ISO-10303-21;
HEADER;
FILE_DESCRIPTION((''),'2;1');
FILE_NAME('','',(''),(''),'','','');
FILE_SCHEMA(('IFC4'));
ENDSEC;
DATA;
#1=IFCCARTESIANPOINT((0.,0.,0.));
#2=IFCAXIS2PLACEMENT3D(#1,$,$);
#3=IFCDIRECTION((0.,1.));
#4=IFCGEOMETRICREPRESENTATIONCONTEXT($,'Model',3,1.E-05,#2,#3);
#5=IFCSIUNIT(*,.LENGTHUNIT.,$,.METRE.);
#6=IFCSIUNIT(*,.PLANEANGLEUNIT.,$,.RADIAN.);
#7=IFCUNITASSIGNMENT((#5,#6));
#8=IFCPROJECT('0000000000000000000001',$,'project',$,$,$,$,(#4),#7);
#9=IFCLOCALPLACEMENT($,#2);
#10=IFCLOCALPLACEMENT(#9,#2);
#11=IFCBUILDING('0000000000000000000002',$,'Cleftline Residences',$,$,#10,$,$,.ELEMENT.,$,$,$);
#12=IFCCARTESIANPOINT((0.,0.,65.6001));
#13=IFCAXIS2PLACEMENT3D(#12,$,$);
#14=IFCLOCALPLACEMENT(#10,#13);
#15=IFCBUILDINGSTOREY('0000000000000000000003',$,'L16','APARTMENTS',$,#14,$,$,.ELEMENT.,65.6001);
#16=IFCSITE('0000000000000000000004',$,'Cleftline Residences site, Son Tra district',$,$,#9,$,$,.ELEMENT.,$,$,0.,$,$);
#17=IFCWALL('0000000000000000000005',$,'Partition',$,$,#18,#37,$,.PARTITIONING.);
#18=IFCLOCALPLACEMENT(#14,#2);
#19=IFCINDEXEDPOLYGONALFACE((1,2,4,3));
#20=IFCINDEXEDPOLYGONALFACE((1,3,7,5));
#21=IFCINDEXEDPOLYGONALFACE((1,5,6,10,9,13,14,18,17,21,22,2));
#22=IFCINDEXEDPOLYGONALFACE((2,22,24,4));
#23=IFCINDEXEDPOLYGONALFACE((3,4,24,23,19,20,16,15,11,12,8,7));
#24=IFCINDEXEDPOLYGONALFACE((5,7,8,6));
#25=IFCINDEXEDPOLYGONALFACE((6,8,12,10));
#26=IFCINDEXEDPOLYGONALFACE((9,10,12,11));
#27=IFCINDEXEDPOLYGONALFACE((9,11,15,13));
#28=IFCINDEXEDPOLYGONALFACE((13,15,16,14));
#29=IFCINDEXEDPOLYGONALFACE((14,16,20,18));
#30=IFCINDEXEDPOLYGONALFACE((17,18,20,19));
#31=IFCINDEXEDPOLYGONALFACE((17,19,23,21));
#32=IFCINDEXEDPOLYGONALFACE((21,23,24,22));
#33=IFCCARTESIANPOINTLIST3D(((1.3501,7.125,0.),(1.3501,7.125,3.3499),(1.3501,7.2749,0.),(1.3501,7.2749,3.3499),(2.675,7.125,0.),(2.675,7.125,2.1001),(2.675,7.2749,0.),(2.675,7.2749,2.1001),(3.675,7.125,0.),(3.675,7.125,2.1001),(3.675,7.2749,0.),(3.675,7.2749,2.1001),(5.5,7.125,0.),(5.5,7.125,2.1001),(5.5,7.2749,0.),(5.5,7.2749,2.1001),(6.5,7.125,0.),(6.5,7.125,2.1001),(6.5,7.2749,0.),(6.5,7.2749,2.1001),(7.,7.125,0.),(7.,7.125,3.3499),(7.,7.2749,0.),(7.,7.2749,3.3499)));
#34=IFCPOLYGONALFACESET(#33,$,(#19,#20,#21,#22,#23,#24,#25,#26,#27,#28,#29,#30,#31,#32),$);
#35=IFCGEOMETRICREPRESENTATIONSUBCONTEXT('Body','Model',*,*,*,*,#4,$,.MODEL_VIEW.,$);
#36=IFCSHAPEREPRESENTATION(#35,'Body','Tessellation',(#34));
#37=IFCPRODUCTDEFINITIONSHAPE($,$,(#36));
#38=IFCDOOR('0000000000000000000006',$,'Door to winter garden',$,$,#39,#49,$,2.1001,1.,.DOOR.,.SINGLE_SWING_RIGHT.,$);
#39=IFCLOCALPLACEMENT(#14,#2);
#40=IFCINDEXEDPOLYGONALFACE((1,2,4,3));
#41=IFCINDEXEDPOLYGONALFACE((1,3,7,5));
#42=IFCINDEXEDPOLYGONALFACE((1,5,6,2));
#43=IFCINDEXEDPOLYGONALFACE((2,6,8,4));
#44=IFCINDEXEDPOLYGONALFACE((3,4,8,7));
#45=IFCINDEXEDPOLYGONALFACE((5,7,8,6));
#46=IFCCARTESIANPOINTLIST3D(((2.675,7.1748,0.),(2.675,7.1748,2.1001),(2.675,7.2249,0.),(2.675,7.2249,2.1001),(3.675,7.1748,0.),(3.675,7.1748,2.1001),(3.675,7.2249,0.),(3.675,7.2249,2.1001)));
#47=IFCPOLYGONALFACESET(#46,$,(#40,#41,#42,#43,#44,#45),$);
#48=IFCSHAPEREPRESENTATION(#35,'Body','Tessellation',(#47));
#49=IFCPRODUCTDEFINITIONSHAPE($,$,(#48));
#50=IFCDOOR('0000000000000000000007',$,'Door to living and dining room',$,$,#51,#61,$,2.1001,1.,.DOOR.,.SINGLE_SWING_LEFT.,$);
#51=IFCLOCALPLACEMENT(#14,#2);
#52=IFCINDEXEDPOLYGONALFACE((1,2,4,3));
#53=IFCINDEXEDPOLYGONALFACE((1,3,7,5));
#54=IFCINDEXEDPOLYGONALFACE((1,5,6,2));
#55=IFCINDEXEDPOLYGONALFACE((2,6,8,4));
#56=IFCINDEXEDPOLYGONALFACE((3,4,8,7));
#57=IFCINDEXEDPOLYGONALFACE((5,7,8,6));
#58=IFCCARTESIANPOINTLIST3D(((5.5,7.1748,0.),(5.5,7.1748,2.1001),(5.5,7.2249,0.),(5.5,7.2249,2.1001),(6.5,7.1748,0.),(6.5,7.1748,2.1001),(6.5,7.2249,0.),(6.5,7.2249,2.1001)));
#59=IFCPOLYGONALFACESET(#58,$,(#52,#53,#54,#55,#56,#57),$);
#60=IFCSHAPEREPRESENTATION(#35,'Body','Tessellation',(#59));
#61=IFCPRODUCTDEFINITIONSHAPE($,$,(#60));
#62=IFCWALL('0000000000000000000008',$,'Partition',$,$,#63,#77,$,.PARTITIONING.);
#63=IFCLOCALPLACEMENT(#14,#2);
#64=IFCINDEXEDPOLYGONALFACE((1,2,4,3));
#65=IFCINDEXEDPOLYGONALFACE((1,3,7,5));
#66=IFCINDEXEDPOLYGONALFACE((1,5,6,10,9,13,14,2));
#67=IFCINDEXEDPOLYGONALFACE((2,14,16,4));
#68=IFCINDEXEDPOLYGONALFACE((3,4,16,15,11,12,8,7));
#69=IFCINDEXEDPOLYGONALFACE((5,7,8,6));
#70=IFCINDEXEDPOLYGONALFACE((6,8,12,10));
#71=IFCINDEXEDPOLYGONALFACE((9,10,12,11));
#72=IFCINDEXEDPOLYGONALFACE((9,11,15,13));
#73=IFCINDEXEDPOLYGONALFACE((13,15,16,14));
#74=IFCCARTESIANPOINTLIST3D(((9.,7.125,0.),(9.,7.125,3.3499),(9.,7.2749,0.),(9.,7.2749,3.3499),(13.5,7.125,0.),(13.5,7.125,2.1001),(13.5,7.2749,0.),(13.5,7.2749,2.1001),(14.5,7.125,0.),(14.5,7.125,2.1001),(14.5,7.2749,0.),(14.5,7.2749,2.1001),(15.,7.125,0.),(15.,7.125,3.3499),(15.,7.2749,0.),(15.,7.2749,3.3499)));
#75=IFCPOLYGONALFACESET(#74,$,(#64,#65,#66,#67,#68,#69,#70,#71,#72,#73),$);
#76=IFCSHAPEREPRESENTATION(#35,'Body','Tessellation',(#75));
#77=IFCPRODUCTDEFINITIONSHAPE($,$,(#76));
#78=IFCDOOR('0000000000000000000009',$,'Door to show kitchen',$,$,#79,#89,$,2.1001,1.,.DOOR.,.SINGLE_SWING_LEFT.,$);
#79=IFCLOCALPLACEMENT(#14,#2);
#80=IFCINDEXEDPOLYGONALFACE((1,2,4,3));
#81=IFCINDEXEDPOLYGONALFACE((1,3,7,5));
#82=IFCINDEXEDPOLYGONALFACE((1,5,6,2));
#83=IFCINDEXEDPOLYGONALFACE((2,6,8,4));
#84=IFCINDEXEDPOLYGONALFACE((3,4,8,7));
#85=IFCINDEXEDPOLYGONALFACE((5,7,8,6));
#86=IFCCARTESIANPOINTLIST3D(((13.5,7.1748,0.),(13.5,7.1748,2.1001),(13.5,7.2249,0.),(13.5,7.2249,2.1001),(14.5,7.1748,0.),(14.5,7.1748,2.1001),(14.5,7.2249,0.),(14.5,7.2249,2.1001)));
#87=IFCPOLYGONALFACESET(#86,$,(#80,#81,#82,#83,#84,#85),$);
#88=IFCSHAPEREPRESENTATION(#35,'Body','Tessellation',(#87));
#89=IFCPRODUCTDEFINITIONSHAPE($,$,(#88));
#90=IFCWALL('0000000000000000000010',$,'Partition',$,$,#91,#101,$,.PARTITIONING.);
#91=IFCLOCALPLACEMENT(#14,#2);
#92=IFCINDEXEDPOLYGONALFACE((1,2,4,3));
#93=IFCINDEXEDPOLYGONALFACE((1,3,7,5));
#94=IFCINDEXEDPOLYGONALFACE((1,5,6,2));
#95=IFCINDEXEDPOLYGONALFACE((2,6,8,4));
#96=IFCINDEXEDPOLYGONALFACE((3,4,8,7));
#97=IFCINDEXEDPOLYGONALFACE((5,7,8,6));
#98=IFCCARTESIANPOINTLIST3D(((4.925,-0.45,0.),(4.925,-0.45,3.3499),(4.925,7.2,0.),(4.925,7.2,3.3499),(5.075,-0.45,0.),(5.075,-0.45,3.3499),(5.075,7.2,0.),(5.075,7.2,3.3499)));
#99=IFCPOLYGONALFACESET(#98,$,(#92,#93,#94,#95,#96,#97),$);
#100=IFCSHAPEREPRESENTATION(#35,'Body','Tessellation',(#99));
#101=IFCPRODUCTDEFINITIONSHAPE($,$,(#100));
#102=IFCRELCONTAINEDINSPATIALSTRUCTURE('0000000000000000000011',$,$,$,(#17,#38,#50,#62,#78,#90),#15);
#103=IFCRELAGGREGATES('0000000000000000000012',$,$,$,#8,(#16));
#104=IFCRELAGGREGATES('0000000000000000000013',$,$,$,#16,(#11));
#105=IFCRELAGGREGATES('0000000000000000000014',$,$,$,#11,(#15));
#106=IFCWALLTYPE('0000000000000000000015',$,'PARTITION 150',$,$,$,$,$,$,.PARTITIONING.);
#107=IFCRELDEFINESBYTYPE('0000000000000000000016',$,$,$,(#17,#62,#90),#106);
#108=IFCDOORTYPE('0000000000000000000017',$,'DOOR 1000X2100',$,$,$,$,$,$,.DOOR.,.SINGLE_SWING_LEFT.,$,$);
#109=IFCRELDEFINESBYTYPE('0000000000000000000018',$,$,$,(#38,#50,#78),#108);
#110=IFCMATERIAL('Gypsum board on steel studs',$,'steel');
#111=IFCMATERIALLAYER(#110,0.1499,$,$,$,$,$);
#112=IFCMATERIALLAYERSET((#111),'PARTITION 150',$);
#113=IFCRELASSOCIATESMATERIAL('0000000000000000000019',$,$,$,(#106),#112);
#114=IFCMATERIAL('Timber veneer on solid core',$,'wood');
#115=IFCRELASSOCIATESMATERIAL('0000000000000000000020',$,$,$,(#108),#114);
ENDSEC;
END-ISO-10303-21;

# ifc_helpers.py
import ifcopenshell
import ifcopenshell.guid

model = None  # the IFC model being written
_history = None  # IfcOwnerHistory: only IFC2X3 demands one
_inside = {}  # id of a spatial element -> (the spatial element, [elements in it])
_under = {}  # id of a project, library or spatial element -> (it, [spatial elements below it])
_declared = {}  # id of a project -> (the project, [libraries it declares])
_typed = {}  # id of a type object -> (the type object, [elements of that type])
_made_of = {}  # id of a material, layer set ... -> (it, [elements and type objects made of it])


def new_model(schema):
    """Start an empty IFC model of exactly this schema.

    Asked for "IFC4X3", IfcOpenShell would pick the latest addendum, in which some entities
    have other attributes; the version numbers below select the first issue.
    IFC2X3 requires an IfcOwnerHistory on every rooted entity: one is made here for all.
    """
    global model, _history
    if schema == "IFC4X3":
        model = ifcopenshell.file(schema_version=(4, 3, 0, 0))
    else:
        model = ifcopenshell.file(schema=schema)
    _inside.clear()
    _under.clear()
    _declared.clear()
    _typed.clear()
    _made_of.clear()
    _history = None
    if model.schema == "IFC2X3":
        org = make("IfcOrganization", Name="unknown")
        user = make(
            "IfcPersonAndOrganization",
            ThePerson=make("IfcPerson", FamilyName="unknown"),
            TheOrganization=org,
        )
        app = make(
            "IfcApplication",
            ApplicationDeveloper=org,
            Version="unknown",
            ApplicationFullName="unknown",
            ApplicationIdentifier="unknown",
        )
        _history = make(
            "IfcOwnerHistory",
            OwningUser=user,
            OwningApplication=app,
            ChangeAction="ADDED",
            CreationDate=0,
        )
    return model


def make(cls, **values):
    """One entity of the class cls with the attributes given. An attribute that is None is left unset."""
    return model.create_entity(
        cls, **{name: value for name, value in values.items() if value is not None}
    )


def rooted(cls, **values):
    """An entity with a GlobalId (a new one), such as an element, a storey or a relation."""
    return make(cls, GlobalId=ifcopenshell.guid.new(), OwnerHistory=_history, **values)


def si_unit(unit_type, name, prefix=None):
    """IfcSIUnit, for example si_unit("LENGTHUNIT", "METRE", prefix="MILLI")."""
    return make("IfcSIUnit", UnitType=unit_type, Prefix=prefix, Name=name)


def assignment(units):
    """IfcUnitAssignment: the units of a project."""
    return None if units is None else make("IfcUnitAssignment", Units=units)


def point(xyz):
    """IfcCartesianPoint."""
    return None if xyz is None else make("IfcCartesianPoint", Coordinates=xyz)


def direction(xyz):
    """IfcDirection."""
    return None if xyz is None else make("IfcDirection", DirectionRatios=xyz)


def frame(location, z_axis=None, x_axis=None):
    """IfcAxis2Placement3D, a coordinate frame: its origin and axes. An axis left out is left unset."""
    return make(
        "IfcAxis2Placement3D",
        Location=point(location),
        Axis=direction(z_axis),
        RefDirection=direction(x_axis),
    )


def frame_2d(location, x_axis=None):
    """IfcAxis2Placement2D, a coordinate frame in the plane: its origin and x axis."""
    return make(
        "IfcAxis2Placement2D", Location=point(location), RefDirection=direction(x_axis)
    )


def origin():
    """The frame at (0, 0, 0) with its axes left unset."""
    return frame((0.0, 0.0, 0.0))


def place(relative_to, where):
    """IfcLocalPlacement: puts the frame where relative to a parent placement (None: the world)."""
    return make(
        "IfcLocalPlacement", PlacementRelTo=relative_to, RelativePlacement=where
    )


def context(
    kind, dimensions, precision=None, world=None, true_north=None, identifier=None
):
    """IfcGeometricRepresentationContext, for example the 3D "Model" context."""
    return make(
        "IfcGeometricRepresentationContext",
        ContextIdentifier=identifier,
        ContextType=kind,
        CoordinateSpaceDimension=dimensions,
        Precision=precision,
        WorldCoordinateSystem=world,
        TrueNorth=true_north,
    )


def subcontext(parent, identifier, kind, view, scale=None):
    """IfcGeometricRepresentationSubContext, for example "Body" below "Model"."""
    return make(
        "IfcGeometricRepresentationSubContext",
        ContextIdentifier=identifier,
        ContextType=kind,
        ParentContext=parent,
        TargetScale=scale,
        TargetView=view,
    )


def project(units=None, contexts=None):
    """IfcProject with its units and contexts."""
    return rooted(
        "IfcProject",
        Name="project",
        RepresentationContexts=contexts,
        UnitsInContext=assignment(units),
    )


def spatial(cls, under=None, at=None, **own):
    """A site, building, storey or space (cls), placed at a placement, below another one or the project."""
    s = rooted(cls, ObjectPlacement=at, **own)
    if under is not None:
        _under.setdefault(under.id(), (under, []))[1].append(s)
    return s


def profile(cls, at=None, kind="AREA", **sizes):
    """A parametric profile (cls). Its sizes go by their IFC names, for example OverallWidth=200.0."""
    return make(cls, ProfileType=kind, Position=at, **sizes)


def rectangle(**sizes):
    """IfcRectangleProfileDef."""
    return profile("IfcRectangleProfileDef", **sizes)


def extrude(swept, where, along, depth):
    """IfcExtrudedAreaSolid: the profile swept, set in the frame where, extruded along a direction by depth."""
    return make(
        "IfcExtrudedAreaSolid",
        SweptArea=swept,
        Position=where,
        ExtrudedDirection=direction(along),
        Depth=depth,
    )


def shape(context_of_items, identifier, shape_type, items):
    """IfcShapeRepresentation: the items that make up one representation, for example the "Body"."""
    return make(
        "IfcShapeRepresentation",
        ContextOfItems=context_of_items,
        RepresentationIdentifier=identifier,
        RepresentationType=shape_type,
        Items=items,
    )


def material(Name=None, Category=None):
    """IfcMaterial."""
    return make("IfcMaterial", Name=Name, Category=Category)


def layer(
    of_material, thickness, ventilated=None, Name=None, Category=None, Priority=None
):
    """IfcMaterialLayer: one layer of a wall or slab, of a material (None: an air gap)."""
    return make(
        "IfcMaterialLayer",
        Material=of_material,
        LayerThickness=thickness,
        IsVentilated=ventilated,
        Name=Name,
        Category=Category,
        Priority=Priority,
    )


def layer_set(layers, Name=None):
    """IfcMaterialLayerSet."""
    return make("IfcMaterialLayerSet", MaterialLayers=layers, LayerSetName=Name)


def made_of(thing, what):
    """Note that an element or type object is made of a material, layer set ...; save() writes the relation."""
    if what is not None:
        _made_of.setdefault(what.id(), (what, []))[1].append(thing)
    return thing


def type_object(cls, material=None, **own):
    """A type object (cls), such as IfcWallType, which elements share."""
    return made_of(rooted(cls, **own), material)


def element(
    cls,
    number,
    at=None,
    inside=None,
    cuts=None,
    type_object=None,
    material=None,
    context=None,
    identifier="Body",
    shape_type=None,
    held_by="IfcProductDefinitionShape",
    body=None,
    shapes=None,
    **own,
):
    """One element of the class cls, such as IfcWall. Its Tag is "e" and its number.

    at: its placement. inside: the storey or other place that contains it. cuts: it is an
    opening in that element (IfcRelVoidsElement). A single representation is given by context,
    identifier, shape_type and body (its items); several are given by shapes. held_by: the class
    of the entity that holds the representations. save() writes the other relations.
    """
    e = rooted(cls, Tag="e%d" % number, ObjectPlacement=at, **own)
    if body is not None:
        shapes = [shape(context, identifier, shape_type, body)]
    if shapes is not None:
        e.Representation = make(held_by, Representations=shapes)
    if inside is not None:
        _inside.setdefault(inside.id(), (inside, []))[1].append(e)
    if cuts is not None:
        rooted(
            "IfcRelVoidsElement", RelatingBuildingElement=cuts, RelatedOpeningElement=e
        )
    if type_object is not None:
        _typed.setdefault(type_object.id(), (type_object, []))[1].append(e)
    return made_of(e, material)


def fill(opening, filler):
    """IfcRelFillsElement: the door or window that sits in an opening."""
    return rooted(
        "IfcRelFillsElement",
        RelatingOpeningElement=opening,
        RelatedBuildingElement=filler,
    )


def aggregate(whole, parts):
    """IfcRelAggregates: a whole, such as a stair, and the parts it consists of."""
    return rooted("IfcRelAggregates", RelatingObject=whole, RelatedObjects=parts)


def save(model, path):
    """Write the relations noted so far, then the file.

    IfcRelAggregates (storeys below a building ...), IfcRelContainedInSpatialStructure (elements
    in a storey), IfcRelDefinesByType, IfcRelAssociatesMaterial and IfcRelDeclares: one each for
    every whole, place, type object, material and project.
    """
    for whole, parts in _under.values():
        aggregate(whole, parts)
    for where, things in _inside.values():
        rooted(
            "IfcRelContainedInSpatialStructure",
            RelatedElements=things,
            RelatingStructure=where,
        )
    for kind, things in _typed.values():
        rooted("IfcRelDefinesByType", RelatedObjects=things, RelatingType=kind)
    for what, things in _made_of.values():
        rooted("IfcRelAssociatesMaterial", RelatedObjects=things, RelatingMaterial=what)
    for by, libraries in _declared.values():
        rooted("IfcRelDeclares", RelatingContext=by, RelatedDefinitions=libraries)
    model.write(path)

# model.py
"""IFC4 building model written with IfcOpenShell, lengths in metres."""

from ifc_helpers import new_model, si_unit, direction, frame, frame_2d, origin, place, context, subcontext, project, spatial, rectangle, extrude, material, layer, layer_set, type_object, element, fill, save


model = new_model("IFC4")

# Units and contexts
model_context = context("Model", 3, precision=1e-05, world=origin(), true_north=direction((0.0, 1.0)))
body_context = subcontext(model_context, "Body", "Model", "MODEL_VIEW")
ifc_project = project(units=[si_unit("LENGTHUNIT", "METRE"), si_unit("PLANEANGLEUNIT", "RADIAN")], contexts=[model_context])

# Site, building, storey
site_placement = place(None, origin())
site = spatial("IfcSite", under=ifc_project, at=site_placement, Name="Cleftline Residences site, Son Tra district", CompositionType="ELEMENT", RefElevation=0.0)
building_placement = place(site_placement, origin())
building = spatial("IfcBuilding", under=site, at=building_placement, Name="Cleftline Residences", CompositionType="ELEMENT")
storey_placement = place(building_placement, frame((0.0, 0.0, 65.6001)))
storey = spatial("IfcBuildingStorey", under=building, at=storey_placement, Name="L16", Description="APARTMENTS", CompositionType="ELEMENT", Elevation=65.6001)

# Wall, openings, doors
ifc_material_1 = material(Name="Gypsum board on steel studs", Category="steel")
ifc_layer_1 = layer(ifc_material_1, 0.1499)
ifc_layer_set_1 = layer_set([ifc_layer_1], Name="PARTITION 150")
wall_type_1 = type_object("IfcWallType", Name="PARTITION 150", PredefinedType="PARTITIONING", material=ifc_layer_set_1)
wall_1_placement = place(storey_placement, frame((1.3501, 7.2, 0.0), z_axis=(0.0, 0.0, 1.0), x_axis=(1.0, 0.0, 0.0)))
wall_1 = element("IfcWall", 1, at=wall_1_placement, inside=storey, type_object=wall_type_1, Name="Partition", PredefinedType="PARTITIONING", context=body_context, shape_type="SweptSolid", body=[
    extrude(rectangle(XDim=5.6499, YDim=0.1499, at=frame_2d((2.825, 0.0))), origin(), (0.0, 0.0, 1.0), 3.3499),
])
opening_1_placement = place(wall_1_placement, frame((1.325, 0.0, 0.0)))
opening_1 = element("IfcOpeningElement", 2, at=opening_1_placement, cuts=wall_1, PredefinedType="OPENING", context=body_context, shape_type="SweptSolid", body=[
    extrude(rectangle(XDim=1.0, YDim=2.1001, at=frame_2d((0.5, 1.05))), frame((0.0, 0.085, 0.0), z_axis=(0.0, -1.0, 0.0), x_axis=(1.0, 0.0, 0.0)), (0.0, 0.0, 1.0), 0.1699),
])
opening_2_placement = place(wall_1_placement, frame((4.1499, 0.0, 0.0)))
opening_2 = element("IfcOpeningElement", 3, at=opening_2_placement, cuts=wall_1, PredefinedType="OPENING", context=body_context, shape_type="SweptSolid", body=[
    extrude(rectangle(XDim=1.0, YDim=2.1001, at=frame_2d((0.5, 1.05))), frame((0.0, 0.085, 0.0), z_axis=(0.0, -1.0, 0.0), x_axis=(1.0, 0.0, 0.0)), (0.0, 0.0, 1.0), 0.1699),
])
ifc_material_2 = material(Name="Timber veneer on solid core", Category="wood")
door_type = type_object("IfcDoorType", Name="DOOR 1000X2100", OperationType="SINGLE_SWING_LEFT", PredefinedType="DOOR", material=ifc_material_2)
door_1_placement = place(opening_1_placement, origin())
door_1 = element("IfcDoor", 4, at=door_1_placement, inside=storey, type_object=door_type, Name="Door to winter garden", OperationType="SINGLE_SWING_RIGHT", OverallHeight=2.1001, OverallWidth=1.0, PredefinedType="DOOR", context=body_context, shape_type="SweptSolid", body=[
    extrude(rectangle(XDim=1.0, YDim=2.1001, at=frame_2d((0.5, 1.05))), frame((0.0, 0.0249, 0.0), z_axis=(0.0, -1.0, 0.0), x_axis=(1.0, 0.0, 0.0)), (0.0, 0.0, 1.0), 0.05),
])
fill(opening_1, door_1)
door_2_placement = place(opening_2_placement, origin())
door_2 = element("IfcDoor", 5, at=door_2_placement, inside=storey, type_object=door_type, Name="Door to living and dining room", OperationType="SINGLE_SWING_LEFT", OverallHeight=2.1001, OverallWidth=1.0, PredefinedType="DOOR", context=body_context, shape_type="SweptSolid", body=[
    extrude(rectangle(XDim=1.0, YDim=2.1001, at=frame_2d((0.5, 1.05))), frame((0.0, 0.0249, 0.0), z_axis=(0.0, -1.0, 0.0), x_axis=(1.0, 0.0, 0.0)), (0.0, 0.0, 1.0), 0.05),
])
fill(opening_2, door_2)

# Wall, opening, door
wall_2_placement = place(storey_placement, frame((9.0, 7.2, 0.0), z_axis=(0.0, 0.0, 1.0), x_axis=(1.0, 0.0, 0.0)))
wall_2 = element("IfcWall", 6, at=wall_2_placement, inside=storey, type_object=wall_type_1, Name="Partition", PredefinedType="PARTITIONING", context=body_context, shape_type="SweptSolid", body=[
    extrude(rectangle(XDim=6.0, YDim=0.1499, at=frame_2d((3.0, 0.0))), origin(), (0.0, 0.0, 1.0), 3.3499),
])
opening_3_placement = place(wall_2_placement, frame((4.5, 0.0, 0.0)))
opening_3 = element("IfcOpeningElement", 7, at=opening_3_placement, cuts=wall_2, PredefinedType="OPENING", context=body_context, shape_type="SweptSolid", body=[
    extrude(rectangle(XDim=1.0, YDim=2.1001, at=frame_2d((0.5, 1.05))), frame((0.0, 0.085, 0.0), z_axis=(0.0, -1.0, 0.0), x_axis=(1.0, 0.0, 0.0)), (0.0, 0.0, 1.0), 0.1699),
])
door_3_placement = place(opening_3_placement, origin())
door_3 = element("IfcDoor", 8, at=door_3_placement, inside=storey, type_object=door_type, Name="Door to show kitchen", OperationType="SINGLE_SWING_LEFT", OverallHeight=2.1001, OverallWidth=1.0, PredefinedType="DOOR", context=body_context, shape_type="SweptSolid", body=[
    extrude(rectangle(XDim=1.0, YDim=2.1001, at=frame_2d((0.5, 1.05))), frame((0.0, 0.0249, 0.0), z_axis=(0.0, -1.0, 0.0), x_axis=(1.0, 0.0, 0.0)), (0.0, 0.0, 1.0), 0.05),
])
fill(opening_3, door_3)

# Wall
wall_3_placement = place(storey_placement, frame((5.0, -0.45, 0.0), z_axis=(0.0, 0.0, 1.0), x_axis=(0.0, 1.0, 0.0)))
element("IfcWall", 9, at=wall_3_placement, inside=storey, type_object=wall_type_1, Name="Partition", PredefinedType="PARTITIONING", context=body_context, shape_type="SweptSolid", body=[
    extrude(rectangle(XDim=7.6499, YDim=0.1499, at=frame_2d((3.825, 0.0))), origin(), (0.0, 0.0, 1.0), 3.3499),
])

save(model, "model.ifc")
